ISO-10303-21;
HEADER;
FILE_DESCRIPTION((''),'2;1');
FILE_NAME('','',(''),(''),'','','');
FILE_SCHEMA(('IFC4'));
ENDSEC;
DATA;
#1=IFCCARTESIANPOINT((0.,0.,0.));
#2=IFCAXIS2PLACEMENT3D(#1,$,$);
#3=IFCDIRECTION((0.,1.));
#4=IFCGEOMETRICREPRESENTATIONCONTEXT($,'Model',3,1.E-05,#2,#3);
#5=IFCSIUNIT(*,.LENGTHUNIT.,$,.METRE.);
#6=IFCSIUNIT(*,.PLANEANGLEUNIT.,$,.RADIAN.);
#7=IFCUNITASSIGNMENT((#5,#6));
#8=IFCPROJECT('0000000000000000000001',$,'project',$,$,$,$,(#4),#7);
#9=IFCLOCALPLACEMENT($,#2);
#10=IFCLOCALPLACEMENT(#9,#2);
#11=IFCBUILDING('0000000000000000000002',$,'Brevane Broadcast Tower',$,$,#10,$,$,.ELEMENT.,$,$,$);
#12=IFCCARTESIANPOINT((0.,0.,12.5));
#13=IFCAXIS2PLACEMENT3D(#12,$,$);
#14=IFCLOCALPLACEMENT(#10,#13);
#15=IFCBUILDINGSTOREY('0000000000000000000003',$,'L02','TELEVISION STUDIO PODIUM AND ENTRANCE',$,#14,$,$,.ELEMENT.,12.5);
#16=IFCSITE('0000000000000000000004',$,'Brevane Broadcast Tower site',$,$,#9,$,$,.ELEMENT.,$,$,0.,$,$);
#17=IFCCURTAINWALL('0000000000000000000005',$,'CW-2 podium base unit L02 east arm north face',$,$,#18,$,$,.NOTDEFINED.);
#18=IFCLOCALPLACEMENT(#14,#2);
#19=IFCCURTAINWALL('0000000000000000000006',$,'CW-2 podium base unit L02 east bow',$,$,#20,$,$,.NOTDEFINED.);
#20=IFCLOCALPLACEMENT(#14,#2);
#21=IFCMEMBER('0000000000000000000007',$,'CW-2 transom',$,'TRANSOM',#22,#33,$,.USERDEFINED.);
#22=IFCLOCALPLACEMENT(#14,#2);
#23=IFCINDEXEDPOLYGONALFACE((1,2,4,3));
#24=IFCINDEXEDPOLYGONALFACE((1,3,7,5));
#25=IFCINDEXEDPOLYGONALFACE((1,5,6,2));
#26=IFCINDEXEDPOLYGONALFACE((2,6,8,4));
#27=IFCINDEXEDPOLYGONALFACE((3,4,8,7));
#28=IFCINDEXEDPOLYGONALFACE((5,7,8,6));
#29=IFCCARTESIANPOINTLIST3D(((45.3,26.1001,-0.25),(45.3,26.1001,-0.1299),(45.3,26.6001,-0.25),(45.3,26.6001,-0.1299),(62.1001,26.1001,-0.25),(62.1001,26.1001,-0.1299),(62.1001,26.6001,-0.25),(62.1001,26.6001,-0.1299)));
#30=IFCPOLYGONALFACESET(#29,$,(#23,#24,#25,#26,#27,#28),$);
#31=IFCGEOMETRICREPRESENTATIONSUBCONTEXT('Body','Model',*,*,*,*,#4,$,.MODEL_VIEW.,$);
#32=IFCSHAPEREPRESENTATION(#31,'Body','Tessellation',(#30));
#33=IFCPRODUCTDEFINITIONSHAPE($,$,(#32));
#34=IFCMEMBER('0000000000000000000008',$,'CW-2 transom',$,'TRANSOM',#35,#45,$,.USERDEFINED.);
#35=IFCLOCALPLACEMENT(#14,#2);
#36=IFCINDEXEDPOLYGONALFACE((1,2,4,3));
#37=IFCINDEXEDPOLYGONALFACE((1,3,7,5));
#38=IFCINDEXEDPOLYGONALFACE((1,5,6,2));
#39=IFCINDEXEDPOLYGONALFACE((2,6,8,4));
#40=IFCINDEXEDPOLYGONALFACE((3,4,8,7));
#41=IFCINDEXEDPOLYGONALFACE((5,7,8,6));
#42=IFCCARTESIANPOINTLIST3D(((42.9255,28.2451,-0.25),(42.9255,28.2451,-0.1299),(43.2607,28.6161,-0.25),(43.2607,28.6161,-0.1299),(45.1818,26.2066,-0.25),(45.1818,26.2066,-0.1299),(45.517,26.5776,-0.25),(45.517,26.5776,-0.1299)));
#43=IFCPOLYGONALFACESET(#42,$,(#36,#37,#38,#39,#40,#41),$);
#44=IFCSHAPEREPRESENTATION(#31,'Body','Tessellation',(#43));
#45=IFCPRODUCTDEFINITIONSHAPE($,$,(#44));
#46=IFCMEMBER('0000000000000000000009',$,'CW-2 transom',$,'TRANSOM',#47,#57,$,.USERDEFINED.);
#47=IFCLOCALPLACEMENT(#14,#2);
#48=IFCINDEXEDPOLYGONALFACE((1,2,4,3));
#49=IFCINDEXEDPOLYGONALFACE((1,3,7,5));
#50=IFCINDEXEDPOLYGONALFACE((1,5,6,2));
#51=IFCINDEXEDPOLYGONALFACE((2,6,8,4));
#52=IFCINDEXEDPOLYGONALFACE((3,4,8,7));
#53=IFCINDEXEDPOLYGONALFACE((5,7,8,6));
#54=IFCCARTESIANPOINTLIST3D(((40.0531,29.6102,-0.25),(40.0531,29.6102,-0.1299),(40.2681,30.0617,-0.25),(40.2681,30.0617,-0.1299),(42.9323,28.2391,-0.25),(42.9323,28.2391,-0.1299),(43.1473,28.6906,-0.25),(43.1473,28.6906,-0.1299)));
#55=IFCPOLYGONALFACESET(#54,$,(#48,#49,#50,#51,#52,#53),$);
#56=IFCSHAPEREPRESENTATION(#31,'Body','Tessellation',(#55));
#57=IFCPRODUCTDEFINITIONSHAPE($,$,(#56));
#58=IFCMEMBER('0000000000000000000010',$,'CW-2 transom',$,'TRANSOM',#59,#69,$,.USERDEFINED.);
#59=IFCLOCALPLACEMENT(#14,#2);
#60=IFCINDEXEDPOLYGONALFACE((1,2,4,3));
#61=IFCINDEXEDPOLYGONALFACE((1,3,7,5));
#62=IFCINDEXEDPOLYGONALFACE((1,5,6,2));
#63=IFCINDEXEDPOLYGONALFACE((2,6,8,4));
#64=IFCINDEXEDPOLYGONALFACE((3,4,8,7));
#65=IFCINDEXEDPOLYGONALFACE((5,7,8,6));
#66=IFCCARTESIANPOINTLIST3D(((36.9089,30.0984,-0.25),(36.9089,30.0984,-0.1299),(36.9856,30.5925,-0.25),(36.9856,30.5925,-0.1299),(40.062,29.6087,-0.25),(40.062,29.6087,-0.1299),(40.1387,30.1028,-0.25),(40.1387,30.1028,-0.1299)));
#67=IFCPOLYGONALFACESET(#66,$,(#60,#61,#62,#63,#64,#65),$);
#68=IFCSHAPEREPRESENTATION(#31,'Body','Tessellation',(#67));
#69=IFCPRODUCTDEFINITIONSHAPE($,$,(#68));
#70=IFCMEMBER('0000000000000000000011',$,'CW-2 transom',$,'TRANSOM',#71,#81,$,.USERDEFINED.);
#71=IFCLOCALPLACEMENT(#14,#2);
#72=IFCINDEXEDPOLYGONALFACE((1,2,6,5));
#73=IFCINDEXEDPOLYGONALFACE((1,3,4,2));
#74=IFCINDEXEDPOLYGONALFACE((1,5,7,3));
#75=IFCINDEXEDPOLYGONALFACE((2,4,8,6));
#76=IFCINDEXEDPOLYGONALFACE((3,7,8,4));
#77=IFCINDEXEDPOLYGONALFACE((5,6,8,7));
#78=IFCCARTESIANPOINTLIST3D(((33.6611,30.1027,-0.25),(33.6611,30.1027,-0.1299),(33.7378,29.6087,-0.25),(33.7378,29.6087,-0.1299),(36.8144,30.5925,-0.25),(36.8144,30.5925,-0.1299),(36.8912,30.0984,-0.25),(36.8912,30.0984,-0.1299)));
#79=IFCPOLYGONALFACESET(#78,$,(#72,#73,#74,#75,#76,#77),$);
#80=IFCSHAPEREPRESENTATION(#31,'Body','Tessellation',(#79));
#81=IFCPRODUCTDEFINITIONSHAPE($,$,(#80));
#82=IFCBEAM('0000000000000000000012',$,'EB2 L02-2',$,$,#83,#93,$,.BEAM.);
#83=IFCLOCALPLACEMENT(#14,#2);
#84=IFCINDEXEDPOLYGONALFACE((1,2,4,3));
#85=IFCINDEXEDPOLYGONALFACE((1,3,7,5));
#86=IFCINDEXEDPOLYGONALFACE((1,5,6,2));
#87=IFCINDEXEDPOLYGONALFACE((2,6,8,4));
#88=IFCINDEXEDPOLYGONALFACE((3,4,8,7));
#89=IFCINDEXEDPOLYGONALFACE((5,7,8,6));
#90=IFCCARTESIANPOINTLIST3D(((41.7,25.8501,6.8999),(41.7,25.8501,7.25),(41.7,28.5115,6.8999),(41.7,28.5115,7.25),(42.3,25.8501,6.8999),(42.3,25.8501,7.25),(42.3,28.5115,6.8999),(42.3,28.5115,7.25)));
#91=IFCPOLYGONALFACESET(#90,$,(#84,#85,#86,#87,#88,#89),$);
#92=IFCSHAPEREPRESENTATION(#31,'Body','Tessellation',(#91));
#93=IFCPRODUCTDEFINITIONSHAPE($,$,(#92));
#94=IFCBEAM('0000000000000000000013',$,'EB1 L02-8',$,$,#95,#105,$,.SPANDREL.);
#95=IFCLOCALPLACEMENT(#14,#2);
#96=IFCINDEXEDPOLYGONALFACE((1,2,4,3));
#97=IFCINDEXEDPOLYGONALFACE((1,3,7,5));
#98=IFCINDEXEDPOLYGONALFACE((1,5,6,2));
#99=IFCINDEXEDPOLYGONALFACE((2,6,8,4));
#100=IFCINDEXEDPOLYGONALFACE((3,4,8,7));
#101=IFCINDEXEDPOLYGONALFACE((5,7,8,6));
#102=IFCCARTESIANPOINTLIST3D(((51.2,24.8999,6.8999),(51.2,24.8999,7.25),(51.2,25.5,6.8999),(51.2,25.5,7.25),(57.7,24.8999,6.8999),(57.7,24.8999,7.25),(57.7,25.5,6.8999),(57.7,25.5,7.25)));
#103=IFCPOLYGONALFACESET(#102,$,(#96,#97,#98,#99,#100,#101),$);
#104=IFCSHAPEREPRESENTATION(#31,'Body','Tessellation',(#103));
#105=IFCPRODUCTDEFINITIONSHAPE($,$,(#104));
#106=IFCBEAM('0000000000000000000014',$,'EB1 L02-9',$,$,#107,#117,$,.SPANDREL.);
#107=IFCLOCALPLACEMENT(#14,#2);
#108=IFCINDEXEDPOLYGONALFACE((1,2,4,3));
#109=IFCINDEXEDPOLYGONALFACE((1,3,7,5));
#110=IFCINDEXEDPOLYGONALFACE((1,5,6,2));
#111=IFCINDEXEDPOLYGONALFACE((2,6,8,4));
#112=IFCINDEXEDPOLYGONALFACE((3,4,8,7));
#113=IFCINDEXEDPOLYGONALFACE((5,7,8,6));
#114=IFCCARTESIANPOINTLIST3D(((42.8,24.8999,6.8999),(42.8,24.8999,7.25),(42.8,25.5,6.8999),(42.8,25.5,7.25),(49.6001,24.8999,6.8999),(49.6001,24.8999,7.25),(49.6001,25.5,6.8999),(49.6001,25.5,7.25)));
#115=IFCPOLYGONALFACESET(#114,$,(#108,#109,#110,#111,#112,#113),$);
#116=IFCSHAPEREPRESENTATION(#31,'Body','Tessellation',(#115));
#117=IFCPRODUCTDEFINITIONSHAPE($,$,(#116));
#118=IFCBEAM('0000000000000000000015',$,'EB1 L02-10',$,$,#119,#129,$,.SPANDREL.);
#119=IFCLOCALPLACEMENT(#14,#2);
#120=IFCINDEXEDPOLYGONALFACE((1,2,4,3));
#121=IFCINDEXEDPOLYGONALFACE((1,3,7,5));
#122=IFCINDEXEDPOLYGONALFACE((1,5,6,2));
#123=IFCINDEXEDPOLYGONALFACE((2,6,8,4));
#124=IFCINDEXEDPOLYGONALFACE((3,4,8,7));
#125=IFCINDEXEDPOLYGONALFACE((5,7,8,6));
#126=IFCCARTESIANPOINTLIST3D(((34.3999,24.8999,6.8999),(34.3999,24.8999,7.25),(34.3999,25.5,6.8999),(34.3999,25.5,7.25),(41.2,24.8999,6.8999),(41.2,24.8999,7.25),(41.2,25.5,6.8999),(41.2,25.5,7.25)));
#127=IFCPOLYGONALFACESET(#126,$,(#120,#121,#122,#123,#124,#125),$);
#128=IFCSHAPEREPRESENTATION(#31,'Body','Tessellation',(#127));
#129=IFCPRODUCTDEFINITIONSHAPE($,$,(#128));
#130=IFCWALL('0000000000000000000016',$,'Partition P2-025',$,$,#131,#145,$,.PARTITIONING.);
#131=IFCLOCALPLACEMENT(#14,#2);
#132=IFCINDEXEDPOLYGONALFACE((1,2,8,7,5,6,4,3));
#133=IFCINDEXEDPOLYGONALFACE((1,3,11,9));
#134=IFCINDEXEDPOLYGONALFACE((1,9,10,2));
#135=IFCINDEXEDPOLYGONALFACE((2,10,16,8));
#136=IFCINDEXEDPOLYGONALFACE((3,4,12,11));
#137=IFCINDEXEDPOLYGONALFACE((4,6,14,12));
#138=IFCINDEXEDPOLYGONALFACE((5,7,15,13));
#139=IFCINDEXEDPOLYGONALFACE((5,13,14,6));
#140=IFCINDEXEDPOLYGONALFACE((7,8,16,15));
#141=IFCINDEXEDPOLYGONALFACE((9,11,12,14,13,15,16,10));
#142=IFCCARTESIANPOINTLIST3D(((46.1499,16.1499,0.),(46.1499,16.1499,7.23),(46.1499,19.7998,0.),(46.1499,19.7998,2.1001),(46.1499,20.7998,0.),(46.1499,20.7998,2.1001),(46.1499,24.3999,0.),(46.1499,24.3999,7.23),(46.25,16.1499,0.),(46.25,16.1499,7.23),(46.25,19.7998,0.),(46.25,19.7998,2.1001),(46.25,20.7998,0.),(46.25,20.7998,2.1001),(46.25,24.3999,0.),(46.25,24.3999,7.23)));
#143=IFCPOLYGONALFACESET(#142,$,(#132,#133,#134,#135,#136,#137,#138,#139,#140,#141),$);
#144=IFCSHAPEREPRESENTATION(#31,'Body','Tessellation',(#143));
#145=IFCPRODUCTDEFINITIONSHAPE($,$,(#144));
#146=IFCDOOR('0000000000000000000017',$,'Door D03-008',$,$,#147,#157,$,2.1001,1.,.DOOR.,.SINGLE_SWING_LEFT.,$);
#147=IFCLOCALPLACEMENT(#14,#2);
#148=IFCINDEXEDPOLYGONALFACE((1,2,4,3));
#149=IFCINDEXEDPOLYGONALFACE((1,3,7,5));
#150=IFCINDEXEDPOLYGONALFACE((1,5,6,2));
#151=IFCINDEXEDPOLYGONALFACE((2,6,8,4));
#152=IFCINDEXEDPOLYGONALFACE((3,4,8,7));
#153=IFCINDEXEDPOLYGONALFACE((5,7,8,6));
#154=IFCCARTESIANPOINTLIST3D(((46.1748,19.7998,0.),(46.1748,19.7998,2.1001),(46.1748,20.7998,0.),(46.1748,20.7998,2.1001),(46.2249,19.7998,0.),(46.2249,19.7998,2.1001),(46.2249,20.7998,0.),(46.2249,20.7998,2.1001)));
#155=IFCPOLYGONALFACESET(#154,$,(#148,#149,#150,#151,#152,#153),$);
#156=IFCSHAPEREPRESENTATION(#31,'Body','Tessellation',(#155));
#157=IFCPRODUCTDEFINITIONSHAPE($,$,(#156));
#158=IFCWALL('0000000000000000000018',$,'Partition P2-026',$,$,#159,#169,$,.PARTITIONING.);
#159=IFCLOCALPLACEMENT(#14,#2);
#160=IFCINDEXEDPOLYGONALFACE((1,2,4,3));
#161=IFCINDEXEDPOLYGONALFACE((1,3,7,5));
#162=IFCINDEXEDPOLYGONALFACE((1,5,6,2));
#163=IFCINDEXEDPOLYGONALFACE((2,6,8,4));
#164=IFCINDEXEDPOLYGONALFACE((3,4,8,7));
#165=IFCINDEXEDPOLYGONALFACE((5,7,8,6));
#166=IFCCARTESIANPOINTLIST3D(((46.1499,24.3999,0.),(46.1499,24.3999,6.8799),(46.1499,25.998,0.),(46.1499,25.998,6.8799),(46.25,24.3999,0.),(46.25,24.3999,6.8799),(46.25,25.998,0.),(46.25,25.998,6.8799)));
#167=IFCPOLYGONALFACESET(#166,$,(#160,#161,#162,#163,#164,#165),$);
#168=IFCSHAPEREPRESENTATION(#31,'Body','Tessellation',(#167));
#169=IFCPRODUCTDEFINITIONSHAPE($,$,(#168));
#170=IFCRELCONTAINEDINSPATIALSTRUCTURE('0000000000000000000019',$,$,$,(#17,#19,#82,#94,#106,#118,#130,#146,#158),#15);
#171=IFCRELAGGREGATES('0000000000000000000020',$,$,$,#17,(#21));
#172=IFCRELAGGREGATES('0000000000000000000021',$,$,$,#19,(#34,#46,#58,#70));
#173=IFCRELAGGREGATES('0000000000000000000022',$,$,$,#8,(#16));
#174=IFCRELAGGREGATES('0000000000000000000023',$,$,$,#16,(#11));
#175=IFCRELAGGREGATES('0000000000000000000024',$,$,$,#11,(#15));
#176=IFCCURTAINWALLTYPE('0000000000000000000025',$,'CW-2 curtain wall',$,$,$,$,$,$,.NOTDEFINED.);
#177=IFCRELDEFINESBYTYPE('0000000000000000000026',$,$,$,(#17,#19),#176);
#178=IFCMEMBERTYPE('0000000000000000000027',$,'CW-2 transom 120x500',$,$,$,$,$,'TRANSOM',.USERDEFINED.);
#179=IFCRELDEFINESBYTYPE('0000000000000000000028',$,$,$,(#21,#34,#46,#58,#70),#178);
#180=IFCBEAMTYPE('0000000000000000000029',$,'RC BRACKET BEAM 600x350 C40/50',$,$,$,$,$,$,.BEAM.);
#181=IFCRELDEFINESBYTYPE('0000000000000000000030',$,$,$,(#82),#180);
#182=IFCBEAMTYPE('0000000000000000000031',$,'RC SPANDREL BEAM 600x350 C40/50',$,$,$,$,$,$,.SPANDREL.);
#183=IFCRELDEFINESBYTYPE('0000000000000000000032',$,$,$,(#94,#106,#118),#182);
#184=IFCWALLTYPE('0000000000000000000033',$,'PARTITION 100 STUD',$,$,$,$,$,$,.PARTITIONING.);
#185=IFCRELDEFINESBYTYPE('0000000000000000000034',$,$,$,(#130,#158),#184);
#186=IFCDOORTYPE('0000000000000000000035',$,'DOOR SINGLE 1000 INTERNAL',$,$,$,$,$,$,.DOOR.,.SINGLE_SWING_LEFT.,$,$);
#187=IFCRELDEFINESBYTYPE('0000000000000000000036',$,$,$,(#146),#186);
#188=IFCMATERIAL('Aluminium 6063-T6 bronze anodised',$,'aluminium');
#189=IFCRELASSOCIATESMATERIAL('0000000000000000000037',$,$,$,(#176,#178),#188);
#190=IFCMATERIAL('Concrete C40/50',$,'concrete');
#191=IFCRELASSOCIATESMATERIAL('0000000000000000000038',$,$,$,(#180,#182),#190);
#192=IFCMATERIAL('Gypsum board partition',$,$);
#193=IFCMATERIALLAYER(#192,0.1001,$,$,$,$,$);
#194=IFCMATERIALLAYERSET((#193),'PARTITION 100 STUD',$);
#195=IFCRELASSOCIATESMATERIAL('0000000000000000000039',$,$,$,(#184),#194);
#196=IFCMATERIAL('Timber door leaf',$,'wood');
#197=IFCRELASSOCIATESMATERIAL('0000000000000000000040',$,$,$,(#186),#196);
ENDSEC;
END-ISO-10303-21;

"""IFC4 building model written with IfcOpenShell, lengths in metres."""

from ifc_helpers import new_model, si_unit, direction, frame, frame_2d, origin, origin_2d, place, context, subcontext, project, spatial, rectangle, extrude, material, layer, layer_set, material_profile, profile_set, type_object, element, fill, aggregate, save


model = new_model("IFC4")

# Units and contexts
model_context = context("Model", 3, precision=1e-05, world=origin(), true_north=direction((0.0, 1.0)))
body_context = subcontext(model_context, "Body", "Model", "MODEL_VIEW")
ifc_project = project(units=[si_unit("LENGTHUNIT", "METRE"), si_unit("PLANEANGLEUNIT", "RADIAN")], contexts=[model_context])

# Site, building, storey
site_placement = place(None, origin())
site = spatial("IfcSite", under=ifc_project, at=site_placement, Name="Brevane Broadcast Tower site", CompositionType="ELEMENT", RefElevation=0.0)
building_placement = place(site_placement, origin())
building = spatial("IfcBuilding", under=site, at=building_placement, Name="Brevane Broadcast Tower", CompositionType="ELEMENT")
storey_placement = place(building_placement, frame((0.0, 0.0, 12.5)))
storey = spatial("IfcBuildingStorey", under=building, at=storey_placement, Name="L02", Description="TELEVISION STUDIO PODIUM AND ENTRANCE", CompositionType="ELEMENT", Elevation=12.5)

# Curtain walls
ifc_material_1 = material(Name="Aluminium 6063-T6 bronze anodised", Category="aluminium")
curtain_wall_type = type_object("IfcCurtainWallType", Name="CW-2 curtain wall", PredefinedType="NOTDEFINED", material=ifc_material_1)
curtain_wall_1_placement = place(storey_placement, origin())
curtain_wall_1 = element("IfcCurtainWall", 1, at=curtain_wall_1_placement, inside=storey, type_object=curtain_wall_type, Name="CW-2 podium base unit L02 east arm north face", PredefinedType="NOTDEFINED")
curtain_wall_2_placement = place(storey_placement, origin())
curtain_wall_2 = element("IfcCurtainWall", 2, at=curtain_wall_2_placement, inside=storey, type_object=curtain_wall_type, Name="CW-2 podium base unit L02 east bow", PredefinedType="NOTDEFINED")

# Members
ifc_material_profile_1 = material_profile(ifc_material_1, rectangle(XDim=0.5, YDim=0.1201, at=origin_2d()), Name="RECT 120x500")
ifc_profile_set_1 = profile_set([ifc_material_profile_1], Name="Aluminium 6063-T6 bronze anodised")
member_type_1 = type_object("IfcMemberType", Name="CW-2 transom 120x500", ElementType="TRANSOM", PredefinedType="USERDEFINED", material=ifc_profile_set_1)
member_1_placement = place(storey_placement, frame((62.1001, 26.3501, -0.1899), z_axis=(-1.0, 0.0, 0.0), x_axis=(0.0, -1.0, 0.0)))
member_1 = element("IfcMember", 3, at=member_1_placement, type_object=member_type_1, Name="CW-2 transom", ObjectType="TRANSOM", PredefinedType="USERDEFINED", context=body_context, shape_type="SweptSolid", body=[
    extrude(rectangle(XDim=0.5, YDim=0.1201, at=origin_2d()), origin(), (0.0, 0.0, 1.0), 16.8),
])
aggregate(curtain_wall_1, [member_1])
member_2_placement = place(storey_placement, frame((45.3494, 26.3921, -0.1899), z_axis=(-0.742007, 0.670392, 0.0), x_axis=(-0.670392, -0.742007, 0.0)))
member_2 = element("IfcMember", 4, at=member_2_placement, type_object=member_type_1, Name="CW-2 transom", ObjectType="TRANSOM", PredefinedType="USERDEFINED", context=body_context, shape_type="SweptSolid", body=[
    extrude(rectangle(XDim=0.5, YDim=0.1201, at=origin_2d()), origin(), (0.0, 0.0, 1.0), 3.0408),
])
member_3_placement = place(storey_placement, frame((43.0398, 28.4648, -0.1899), z_axis=(-0.902852, 0.429951, 0.0), x_axis=(-0.429951, -0.902852, 0.0)))
member_3 = element("IfcMember", 5, at=member_3_placement, type_object=member_type_1, Name="CW-2 transom", ObjectType="TRANSOM", PredefinedType="USERDEFINED", context=body_context, shape_type="SweptSolid", body=[
    extrude(rectangle(XDim=0.5, YDim=0.1201, at=origin_2d()), origin(), (0.0, 0.0, 1.0), 3.189),
])
member_4_placement = place(storey_placement, frame((40.1003, 29.8557, -0.1899), z_axis=(-0.988151, 0.153483, 0.0), x_axis=(-0.153483, -0.988151, 0.0)))
member_4 = element("IfcMember", 6, at=member_4_placement, type_object=member_type_1, Name="CW-2 transom", ObjectType="TRANSOM", PredefinedType="USERDEFINED", context=body_context, shape_type="SweptSolid", body=[
    extrude(rectangle(XDim=0.5, YDim=0.1201, at=origin_2d()), origin(), (0.0, 0.0, 1.0), 3.1909),
])
member_5_placement = place(storey_placement, frame((36.8528, 30.3455, -0.1899), z_axis=(-0.988153, -0.153471, 0.0), x_axis=(0.153471, -0.988153, 0.0)))
member_5 = element("IfcMember", 7, at=member_5_placement, type_object=member_type_1, Name="CW-2 transom", ObjectType="TRANSOM", PredefinedType="USERDEFINED", context=body_context, shape_type="SweptSolid", body=[
    extrude(rectangle(XDim=0.5, YDim=0.1201, at=origin_2d()), origin(), (0.0, 0.0, 1.0), 3.1912),
])
aggregate(curtain_wall_2, [member_2, member_3, member_4, member_5])

# Beams
ifc_material_2 = material(Name="Concrete C40/50", Category="concrete")
ifc_material_profile_2 = material_profile(ifc_material_2, rectangle(XDim=0.6001, YDim=0.3501, at=origin_2d()), Name="RC 600x350")
ifc_profile_set_2 = profile_set([ifc_material_profile_2], Name="Concrete C40/50")
beam_type_1 = type_object("IfcBeamType", Name="RC BRACKET BEAM 600x350 C40/50", PredefinedType="BEAM", material=ifc_profile_set_2)
beam_1_placement = place(storey_placement, frame((42.0, 25.8501, 7.075), z_axis=(0.0, 1.0, 0.0), x_axis=(-1.0, 0.0, 0.0)))
element("IfcBeam", 8, at=beam_1_placement, inside=storey, type_object=beam_type_1, Name="EB2 L02-2", PredefinedType="BEAM", context=body_context, shape_type="SweptSolid", body=[
    extrude(rectangle(XDim=0.6001, YDim=0.3501, at=origin_2d()), origin(), (0.0, 0.0, 1.0), 2.6614),
])
ifc_material_profile_3 = material_profile(ifc_material_2, rectangle(XDim=0.6001, YDim=0.3501, at=origin_2d()), Name="RC 600x350")
ifc_profile_set_3 = profile_set([ifc_material_profile_3], Name="Concrete C40/50")
beam_type_2 = type_object("IfcBeamType", Name="RC SPANDREL BEAM 600x350 C40/50", PredefinedType="SPANDREL", material=ifc_profile_set_3)
beam_2_placement = place(storey_placement, frame((57.7, 25.2, 7.075), z_axis=(-1.0, 0.0, 0.0), x_axis=(0.0, -1.0, 0.0)))
element("IfcBeam", 9, at=beam_2_placement, inside=storey, type_object=beam_type_2, Name="EB1 L02-8", PredefinedType="SPANDREL", context=body_context, shape_type="SweptSolid", body=[
    extrude(rectangle(XDim=0.6001, YDim=0.3501, at=origin_2d()), origin(), (0.0, 0.0, 1.0), 6.5),
])
for number, where, z_axis, x_axis, name in (
    (10, (49.6001, 25.2, 7.075), (-1.0, 0.0, 0.0), (0.0, -1.0, 0.0), "EB1 L02-9"),
    (11, (41.2, 25.2, 7.075), (-1.0, 0.0, 0.0), (0.0, -1.0, 0.0), "EB1 L02-10"),
):
    element("IfcBeam", number, at=place(storey_placement, frame(where, z_axis=z_axis, x_axis=x_axis)), inside=storey, type_object=beam_type_2, Name=name, PredefinedType="SPANDREL", context=body_context, shape_type="SweptSolid", body=[
        extrude(rectangle(XDim=0.6001, YDim=0.3501, at=origin_2d()), origin(), (0.0, 0.0, 1.0), 6.8),
    ])

# Wall, opening, door
ifc_material_3 = material(Name="Gypsum board partition")
ifc_layer_1 = layer(ifc_material_3, 0.1001)
ifc_layer_set_1 = layer_set([ifc_layer_1], Name="PARTITION 100 STUD")
wall_type_1 = type_object("IfcWallType", Name="PARTITION 100 STUD", PredefinedType="PARTITIONING", material=ifc_layer_set_1)
wall_1_placement = place(storey_placement, frame((46.2, 24.3999, 0.0), z_axis=(0.0, 0.0, 1.0), x_axis=(0.0, -1.0, 0.0)))
wall_1 = element("IfcWall", 12, at=wall_1_placement, inside=storey, type_object=wall_type_1, Name="Partition P2-025", PredefinedType="PARTITIONING", context=body_context, shape_type="SweptSolid", body=[
    extrude(rectangle(XDim=8.25, YDim=0.1001, at=frame_2d((4.125, 0.0))), origin(), (0.0, 0.0, 1.0), 7.23),
])
opening_1_placement = place(wall_1_placement, frame((3.6001, 0.0, 0.0)))
opening_1 = element("IfcOpeningElement", 13, at=opening_1_placement, cuts=wall_1, PredefinedType="OPENING", context=body_context, shape_type="SweptSolid", body=[
    extrude(rectangle(XDim=1.0, YDim=2.1001, at=frame_2d((0.5, 1.05))), frame((0.0, 0.0601, 0.0), z_axis=(0.0, -1.0, 0.0), x_axis=(1.0, 0.0, 0.0)), (0.0, 0.0, 1.0), 0.1201),
])
ifc_material_4 = material(Name="Timber door leaf", Category="wood")
door_type_1 = type_object("IfcDoorType", Name="DOOR SINGLE 1000 INTERNAL", OperationType="SINGLE_SWING_LEFT", PredefinedType="DOOR", material=ifc_material_4)
door_1_placement = place(opening_1_placement, origin())
door_1 = element("IfcDoor", 14, at=door_1_placement, inside=storey, type_object=door_type_1, Name="Door D03-008", OperationType="SINGLE_SWING_LEFT", OverallHeight=2.1001, OverallWidth=1.0, PredefinedType="DOOR", context=body_context, shape_type="SweptSolid", body=[
    extrude(rectangle(XDim=1.0, YDim=2.1001, at=frame_2d((0.5, 1.05))), frame((0.0, 0.0249, 0.0), z_axis=(0.0, -1.0, 0.0), x_axis=(1.0, 0.0, 0.0)), (0.0, 0.0, 1.0), 0.05),
])
fill(opening_1, door_1)

# Wall
wall_2_placement = place(storey_placement, frame((46.2, 25.998, 0.0), z_axis=(0.0, 0.0, 1.0), x_axis=(0.0, -1.0, 0.0)))
element("IfcWall", 15, at=wall_2_placement, inside=storey, type_object=wall_type_1, Name="Partition P2-026", PredefinedType="PARTITIONING", context=body_context, shape_type="SweptSolid", body=[
    extrude(rectangle(XDim=1.5981, YDim=0.1001, at=frame_2d((0.7991, 0.0))), origin(), (0.0, 0.0, 1.0), 6.8799),
])

save(model, "model.ifc")
